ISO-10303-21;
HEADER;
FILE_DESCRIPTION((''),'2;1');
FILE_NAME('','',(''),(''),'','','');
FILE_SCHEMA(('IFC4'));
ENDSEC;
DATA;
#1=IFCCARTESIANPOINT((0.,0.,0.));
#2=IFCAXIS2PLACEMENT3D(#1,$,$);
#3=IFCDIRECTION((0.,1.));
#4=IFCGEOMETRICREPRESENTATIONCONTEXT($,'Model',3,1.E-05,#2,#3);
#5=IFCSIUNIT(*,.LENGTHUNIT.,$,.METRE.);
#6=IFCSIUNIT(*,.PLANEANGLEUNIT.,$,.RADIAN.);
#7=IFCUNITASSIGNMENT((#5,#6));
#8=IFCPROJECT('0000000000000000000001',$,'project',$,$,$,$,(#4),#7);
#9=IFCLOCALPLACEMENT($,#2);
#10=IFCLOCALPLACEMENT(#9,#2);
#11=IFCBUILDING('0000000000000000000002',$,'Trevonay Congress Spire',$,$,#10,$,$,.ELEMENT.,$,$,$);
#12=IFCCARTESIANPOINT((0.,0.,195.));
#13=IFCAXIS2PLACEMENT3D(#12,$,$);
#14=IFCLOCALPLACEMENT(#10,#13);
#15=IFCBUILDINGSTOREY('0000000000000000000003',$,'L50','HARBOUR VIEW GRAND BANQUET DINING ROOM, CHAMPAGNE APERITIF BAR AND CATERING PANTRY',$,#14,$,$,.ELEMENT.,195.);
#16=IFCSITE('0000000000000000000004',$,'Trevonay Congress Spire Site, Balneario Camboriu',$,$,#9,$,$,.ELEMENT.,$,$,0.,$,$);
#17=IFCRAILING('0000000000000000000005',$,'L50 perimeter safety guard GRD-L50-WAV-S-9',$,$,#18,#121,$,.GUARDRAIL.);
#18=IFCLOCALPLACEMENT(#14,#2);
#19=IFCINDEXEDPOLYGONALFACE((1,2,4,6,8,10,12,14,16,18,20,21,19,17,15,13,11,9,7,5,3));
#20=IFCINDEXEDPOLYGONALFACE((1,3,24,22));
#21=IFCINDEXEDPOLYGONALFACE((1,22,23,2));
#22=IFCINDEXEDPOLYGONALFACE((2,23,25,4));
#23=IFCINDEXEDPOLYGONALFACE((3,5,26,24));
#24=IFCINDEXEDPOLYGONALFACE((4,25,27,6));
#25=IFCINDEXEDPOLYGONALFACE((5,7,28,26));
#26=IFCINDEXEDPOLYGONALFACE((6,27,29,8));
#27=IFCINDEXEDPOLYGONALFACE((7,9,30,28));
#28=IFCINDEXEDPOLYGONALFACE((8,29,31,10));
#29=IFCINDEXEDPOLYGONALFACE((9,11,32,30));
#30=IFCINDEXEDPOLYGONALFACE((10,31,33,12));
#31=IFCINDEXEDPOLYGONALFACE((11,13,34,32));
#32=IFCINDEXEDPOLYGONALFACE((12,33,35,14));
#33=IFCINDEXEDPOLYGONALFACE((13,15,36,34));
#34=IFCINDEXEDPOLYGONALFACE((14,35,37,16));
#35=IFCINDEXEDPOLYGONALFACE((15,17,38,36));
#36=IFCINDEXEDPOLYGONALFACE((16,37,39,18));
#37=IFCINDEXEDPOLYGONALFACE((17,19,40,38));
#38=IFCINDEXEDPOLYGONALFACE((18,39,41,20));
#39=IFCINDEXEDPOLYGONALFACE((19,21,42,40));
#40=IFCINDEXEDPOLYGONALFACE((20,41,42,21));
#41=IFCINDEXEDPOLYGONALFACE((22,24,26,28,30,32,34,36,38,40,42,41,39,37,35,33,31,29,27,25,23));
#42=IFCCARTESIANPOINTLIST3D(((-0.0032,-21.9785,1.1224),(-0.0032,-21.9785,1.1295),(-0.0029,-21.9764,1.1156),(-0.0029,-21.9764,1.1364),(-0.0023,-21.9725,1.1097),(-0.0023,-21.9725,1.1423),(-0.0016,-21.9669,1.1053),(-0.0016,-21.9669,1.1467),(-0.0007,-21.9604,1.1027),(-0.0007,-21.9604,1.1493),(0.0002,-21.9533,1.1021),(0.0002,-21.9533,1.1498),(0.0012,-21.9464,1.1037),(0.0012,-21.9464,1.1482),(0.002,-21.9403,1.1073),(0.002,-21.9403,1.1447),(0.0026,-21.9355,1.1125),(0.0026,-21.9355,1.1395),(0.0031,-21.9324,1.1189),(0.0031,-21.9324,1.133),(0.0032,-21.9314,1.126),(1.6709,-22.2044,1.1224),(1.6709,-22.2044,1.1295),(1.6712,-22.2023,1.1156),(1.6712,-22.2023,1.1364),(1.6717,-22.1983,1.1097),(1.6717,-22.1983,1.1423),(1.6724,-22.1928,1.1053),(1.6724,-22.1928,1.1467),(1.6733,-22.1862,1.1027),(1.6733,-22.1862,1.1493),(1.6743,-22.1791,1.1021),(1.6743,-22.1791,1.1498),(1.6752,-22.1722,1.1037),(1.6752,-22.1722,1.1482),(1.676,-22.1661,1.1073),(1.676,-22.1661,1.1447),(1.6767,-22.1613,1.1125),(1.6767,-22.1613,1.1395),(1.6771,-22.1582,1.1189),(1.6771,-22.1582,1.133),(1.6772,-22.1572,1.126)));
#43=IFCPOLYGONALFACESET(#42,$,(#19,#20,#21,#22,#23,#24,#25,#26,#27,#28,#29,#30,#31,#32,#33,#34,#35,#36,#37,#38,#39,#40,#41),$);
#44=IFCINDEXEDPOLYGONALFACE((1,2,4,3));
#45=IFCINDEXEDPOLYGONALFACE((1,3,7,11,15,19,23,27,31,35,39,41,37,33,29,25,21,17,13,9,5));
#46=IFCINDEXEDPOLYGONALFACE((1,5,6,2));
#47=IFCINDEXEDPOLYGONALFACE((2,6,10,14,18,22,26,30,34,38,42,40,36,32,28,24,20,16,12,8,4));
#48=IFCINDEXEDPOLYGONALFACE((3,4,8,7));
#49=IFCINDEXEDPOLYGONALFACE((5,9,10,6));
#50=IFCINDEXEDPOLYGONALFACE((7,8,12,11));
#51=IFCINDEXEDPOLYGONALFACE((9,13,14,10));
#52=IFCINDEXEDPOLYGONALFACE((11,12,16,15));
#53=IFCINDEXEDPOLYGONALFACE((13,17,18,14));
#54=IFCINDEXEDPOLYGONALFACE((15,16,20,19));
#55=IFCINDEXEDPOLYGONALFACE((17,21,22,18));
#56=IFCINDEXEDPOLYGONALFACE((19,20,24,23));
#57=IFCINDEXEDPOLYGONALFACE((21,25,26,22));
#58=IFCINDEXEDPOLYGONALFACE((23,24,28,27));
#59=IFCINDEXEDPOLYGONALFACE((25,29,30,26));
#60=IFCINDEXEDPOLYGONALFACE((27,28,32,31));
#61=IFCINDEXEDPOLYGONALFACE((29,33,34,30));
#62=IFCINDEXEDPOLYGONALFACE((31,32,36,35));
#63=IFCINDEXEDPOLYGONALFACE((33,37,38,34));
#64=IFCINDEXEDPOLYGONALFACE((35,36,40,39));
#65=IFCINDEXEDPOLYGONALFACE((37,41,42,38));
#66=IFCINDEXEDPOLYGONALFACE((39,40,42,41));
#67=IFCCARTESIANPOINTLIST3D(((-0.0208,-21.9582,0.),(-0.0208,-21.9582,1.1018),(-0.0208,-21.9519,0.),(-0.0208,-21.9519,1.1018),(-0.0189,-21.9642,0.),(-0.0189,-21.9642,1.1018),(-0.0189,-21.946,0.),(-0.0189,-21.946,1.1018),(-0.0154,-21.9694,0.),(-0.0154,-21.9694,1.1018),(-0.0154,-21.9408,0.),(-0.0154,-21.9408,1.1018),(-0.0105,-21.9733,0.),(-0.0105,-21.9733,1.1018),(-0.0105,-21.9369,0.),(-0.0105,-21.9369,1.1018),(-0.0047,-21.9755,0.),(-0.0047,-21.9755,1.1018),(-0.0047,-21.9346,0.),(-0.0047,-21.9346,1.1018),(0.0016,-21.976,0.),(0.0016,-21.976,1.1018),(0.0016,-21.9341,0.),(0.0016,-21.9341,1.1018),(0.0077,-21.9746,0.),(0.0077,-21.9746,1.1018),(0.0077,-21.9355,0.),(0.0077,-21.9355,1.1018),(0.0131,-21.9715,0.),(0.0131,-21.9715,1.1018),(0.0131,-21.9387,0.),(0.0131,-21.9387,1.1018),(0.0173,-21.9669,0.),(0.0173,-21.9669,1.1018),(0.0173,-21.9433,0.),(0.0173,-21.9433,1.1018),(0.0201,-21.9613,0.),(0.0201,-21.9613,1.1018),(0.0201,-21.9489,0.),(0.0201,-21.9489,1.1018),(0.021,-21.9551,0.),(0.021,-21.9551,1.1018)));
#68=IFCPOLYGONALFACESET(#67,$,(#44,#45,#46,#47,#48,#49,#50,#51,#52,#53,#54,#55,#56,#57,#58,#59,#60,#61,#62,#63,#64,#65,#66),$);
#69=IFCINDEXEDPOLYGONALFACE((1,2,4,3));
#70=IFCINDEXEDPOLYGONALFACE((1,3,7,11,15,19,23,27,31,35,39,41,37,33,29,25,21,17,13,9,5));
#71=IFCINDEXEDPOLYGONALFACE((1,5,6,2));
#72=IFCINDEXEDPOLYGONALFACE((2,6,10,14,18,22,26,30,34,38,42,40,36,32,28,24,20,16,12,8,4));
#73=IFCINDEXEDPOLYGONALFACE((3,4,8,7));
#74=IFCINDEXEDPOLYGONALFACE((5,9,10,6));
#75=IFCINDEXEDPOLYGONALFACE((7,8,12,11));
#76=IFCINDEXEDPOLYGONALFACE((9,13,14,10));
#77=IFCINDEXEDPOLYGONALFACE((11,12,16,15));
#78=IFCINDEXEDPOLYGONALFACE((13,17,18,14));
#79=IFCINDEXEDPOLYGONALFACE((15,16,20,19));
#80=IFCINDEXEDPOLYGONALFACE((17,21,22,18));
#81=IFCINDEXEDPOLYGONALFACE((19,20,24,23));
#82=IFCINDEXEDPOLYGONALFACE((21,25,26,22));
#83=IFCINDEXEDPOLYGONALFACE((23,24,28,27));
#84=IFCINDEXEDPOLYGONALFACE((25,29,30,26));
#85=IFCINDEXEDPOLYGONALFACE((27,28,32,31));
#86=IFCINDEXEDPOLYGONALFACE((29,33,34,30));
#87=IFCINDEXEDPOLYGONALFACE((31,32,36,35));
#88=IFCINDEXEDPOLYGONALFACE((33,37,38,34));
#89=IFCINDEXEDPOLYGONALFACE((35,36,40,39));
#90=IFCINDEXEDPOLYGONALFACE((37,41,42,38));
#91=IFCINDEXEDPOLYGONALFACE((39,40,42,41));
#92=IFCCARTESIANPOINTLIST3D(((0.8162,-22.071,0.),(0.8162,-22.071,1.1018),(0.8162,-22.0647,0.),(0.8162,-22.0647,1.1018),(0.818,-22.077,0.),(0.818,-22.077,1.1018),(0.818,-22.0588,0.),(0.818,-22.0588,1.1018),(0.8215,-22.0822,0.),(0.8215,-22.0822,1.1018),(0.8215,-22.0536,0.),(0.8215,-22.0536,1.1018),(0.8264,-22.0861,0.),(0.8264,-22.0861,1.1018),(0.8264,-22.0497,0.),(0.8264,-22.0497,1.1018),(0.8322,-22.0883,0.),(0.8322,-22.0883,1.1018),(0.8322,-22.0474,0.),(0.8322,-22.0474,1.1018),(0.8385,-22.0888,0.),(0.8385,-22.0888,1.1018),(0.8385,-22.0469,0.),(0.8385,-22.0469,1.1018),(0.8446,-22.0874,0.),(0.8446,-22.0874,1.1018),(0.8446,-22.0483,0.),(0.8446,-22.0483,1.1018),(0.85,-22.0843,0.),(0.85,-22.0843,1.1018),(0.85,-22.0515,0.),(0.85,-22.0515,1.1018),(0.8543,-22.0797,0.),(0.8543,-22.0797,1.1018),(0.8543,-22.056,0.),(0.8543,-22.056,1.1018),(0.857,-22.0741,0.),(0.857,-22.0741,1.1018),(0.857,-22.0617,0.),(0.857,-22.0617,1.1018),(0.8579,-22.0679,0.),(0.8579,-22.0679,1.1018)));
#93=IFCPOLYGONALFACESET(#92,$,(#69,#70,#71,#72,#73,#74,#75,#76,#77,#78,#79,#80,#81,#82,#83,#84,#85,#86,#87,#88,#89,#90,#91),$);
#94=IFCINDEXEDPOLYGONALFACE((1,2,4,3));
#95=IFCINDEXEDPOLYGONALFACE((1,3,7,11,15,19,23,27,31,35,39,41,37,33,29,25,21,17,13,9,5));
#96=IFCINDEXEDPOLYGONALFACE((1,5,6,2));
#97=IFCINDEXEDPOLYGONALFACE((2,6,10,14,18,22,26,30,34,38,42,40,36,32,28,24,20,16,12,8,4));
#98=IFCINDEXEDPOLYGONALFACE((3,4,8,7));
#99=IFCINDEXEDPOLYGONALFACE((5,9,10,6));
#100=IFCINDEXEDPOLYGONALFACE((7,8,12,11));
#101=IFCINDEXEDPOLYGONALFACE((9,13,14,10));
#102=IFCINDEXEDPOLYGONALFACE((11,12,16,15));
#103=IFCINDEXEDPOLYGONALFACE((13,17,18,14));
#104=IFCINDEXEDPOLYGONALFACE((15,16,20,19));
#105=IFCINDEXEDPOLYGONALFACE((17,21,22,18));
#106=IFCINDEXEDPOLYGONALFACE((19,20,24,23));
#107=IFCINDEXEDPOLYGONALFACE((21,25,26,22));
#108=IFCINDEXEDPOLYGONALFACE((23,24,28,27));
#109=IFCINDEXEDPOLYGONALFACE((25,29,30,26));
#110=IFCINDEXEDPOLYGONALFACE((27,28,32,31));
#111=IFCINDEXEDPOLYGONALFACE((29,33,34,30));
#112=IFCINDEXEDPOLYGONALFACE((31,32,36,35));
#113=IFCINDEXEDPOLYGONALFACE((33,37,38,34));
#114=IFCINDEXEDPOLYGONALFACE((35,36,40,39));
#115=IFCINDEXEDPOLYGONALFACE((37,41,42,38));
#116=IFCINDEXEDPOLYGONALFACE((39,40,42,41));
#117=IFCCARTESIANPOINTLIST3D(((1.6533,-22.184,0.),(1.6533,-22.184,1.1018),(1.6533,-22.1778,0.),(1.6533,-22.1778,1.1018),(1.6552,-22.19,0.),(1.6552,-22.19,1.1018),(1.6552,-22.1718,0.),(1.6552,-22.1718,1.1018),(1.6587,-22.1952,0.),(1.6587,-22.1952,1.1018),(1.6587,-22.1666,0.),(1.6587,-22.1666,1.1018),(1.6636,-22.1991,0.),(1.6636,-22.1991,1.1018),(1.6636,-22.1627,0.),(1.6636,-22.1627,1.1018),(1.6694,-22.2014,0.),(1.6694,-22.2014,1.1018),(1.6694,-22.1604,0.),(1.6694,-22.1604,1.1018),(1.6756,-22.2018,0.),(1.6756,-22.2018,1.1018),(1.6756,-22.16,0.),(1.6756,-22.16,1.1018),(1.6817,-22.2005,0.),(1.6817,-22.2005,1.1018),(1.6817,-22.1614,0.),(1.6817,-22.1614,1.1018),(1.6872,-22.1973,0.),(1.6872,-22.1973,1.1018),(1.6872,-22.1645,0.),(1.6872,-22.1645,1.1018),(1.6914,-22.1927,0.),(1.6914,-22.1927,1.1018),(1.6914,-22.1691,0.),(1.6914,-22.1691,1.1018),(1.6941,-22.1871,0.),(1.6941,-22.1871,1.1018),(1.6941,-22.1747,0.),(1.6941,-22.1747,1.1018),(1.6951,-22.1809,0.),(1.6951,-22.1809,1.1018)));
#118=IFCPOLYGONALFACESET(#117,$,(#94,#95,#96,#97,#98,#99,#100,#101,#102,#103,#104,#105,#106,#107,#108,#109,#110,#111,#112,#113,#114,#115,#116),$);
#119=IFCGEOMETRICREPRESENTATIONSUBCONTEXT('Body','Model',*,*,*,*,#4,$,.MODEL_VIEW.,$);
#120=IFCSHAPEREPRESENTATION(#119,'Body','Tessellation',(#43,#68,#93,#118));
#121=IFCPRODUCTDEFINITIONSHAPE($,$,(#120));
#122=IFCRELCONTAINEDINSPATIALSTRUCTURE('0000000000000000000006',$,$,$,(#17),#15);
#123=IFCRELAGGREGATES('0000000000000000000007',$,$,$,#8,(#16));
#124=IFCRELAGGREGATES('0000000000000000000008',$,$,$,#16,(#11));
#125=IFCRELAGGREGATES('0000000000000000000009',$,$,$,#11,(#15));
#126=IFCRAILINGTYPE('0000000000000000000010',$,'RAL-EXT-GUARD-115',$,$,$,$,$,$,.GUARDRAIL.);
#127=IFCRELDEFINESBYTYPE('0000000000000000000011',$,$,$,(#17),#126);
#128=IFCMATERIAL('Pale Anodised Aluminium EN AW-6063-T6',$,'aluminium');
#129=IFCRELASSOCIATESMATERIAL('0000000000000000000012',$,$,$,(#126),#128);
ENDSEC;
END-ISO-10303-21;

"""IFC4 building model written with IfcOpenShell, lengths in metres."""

from ifc_helpers import new_model, si_unit, direction, frame, origin, origin_2d, place, context, subcontext, project, spatial, circle, extrude, material, type_object, element, save


model = new_model("IFC4")

# Units and contexts
model_context = context("Model", 3, precision=1e-05, world=origin(), true_north=direction((0.0, 1.0)))
body_context = subcontext(model_context, "Body", "Model", "MODEL_VIEW")
ifc_project = project(units=[si_unit("LENGTHUNIT", "METRE"), si_unit("PLANEANGLEUNIT", "RADIAN")], contexts=[model_context])

# Site, building, storey
site_placement = place(None, origin())
site = spatial("IfcSite", under=ifc_project, at=site_placement, Name="Trevonay Congress Spire Site, Balneario Camboriu", CompositionType="ELEMENT", RefElevation=0.0)
building_placement = place(site_placement, origin())
building = spatial("IfcBuilding", under=site, at=building_placement, Name="Trevonay Congress Spire", CompositionType="ELEMENT")
storey_placement = place(building_placement, frame((0.0, 0.0, 195.0)))
storey = spatial("IfcBuildingStorey", under=building, at=storey_placement, Name="L50", Description="HARBOUR VIEW GRAND BANQUET DINING ROOM, CHAMPAGNE APERITIF BAR AND CATERING PANTRY", CompositionType="ELEMENT", Elevation=195.0)

# Shared definitions
ifc_material_1 = material(Name="Pale Anodised Aluminium EN AW-6063-T6", Category="aluminium")

# Railing
railing_type = type_object("IfcRailingType", Name="RAL-EXT-GUARD-115", PredefinedType="GUARDRAIL", material=ifc_material_1)
railing_1_placement = place(storey_placement, frame((0.0, -21.9551, 0.0)))
element("IfcRailing", 1, at=railing_1_placement, inside=storey, type_object=railing_type, Name="L50 perimeter safety guard GRD-L50-WAV-S-9", PredefinedType="GUARDRAIL", context=body_context, shape_type="SweptSolid", body=[
    extrude(circle(Radius=0.0239, at=origin_2d()), frame((0.0, 0.0, 1.126), z_axis=(0.991024, -0.133688, 0.0), x_axis=(0.133688, 0.991024, 0.0)), (0.0, 0.0, 1.0), 1.6892),
    extrude(circle(Radius=0.021, at=origin_2d()), origin(), (0.0, 0.0, 1.0), 1.1018),
    extrude(circle(Radius=0.021, at=origin_2d()), frame((0.8369, -0.1128, 0.0)), (0.0, 0.0, 1.0), 1.1018),
    extrude(circle(Radius=0.021, at=origin_2d()), frame((1.6741, -0.2258, 0.0)), (0.0, 0.0, 1.0), 1.1018),
])

save(model, "model.ifc")
